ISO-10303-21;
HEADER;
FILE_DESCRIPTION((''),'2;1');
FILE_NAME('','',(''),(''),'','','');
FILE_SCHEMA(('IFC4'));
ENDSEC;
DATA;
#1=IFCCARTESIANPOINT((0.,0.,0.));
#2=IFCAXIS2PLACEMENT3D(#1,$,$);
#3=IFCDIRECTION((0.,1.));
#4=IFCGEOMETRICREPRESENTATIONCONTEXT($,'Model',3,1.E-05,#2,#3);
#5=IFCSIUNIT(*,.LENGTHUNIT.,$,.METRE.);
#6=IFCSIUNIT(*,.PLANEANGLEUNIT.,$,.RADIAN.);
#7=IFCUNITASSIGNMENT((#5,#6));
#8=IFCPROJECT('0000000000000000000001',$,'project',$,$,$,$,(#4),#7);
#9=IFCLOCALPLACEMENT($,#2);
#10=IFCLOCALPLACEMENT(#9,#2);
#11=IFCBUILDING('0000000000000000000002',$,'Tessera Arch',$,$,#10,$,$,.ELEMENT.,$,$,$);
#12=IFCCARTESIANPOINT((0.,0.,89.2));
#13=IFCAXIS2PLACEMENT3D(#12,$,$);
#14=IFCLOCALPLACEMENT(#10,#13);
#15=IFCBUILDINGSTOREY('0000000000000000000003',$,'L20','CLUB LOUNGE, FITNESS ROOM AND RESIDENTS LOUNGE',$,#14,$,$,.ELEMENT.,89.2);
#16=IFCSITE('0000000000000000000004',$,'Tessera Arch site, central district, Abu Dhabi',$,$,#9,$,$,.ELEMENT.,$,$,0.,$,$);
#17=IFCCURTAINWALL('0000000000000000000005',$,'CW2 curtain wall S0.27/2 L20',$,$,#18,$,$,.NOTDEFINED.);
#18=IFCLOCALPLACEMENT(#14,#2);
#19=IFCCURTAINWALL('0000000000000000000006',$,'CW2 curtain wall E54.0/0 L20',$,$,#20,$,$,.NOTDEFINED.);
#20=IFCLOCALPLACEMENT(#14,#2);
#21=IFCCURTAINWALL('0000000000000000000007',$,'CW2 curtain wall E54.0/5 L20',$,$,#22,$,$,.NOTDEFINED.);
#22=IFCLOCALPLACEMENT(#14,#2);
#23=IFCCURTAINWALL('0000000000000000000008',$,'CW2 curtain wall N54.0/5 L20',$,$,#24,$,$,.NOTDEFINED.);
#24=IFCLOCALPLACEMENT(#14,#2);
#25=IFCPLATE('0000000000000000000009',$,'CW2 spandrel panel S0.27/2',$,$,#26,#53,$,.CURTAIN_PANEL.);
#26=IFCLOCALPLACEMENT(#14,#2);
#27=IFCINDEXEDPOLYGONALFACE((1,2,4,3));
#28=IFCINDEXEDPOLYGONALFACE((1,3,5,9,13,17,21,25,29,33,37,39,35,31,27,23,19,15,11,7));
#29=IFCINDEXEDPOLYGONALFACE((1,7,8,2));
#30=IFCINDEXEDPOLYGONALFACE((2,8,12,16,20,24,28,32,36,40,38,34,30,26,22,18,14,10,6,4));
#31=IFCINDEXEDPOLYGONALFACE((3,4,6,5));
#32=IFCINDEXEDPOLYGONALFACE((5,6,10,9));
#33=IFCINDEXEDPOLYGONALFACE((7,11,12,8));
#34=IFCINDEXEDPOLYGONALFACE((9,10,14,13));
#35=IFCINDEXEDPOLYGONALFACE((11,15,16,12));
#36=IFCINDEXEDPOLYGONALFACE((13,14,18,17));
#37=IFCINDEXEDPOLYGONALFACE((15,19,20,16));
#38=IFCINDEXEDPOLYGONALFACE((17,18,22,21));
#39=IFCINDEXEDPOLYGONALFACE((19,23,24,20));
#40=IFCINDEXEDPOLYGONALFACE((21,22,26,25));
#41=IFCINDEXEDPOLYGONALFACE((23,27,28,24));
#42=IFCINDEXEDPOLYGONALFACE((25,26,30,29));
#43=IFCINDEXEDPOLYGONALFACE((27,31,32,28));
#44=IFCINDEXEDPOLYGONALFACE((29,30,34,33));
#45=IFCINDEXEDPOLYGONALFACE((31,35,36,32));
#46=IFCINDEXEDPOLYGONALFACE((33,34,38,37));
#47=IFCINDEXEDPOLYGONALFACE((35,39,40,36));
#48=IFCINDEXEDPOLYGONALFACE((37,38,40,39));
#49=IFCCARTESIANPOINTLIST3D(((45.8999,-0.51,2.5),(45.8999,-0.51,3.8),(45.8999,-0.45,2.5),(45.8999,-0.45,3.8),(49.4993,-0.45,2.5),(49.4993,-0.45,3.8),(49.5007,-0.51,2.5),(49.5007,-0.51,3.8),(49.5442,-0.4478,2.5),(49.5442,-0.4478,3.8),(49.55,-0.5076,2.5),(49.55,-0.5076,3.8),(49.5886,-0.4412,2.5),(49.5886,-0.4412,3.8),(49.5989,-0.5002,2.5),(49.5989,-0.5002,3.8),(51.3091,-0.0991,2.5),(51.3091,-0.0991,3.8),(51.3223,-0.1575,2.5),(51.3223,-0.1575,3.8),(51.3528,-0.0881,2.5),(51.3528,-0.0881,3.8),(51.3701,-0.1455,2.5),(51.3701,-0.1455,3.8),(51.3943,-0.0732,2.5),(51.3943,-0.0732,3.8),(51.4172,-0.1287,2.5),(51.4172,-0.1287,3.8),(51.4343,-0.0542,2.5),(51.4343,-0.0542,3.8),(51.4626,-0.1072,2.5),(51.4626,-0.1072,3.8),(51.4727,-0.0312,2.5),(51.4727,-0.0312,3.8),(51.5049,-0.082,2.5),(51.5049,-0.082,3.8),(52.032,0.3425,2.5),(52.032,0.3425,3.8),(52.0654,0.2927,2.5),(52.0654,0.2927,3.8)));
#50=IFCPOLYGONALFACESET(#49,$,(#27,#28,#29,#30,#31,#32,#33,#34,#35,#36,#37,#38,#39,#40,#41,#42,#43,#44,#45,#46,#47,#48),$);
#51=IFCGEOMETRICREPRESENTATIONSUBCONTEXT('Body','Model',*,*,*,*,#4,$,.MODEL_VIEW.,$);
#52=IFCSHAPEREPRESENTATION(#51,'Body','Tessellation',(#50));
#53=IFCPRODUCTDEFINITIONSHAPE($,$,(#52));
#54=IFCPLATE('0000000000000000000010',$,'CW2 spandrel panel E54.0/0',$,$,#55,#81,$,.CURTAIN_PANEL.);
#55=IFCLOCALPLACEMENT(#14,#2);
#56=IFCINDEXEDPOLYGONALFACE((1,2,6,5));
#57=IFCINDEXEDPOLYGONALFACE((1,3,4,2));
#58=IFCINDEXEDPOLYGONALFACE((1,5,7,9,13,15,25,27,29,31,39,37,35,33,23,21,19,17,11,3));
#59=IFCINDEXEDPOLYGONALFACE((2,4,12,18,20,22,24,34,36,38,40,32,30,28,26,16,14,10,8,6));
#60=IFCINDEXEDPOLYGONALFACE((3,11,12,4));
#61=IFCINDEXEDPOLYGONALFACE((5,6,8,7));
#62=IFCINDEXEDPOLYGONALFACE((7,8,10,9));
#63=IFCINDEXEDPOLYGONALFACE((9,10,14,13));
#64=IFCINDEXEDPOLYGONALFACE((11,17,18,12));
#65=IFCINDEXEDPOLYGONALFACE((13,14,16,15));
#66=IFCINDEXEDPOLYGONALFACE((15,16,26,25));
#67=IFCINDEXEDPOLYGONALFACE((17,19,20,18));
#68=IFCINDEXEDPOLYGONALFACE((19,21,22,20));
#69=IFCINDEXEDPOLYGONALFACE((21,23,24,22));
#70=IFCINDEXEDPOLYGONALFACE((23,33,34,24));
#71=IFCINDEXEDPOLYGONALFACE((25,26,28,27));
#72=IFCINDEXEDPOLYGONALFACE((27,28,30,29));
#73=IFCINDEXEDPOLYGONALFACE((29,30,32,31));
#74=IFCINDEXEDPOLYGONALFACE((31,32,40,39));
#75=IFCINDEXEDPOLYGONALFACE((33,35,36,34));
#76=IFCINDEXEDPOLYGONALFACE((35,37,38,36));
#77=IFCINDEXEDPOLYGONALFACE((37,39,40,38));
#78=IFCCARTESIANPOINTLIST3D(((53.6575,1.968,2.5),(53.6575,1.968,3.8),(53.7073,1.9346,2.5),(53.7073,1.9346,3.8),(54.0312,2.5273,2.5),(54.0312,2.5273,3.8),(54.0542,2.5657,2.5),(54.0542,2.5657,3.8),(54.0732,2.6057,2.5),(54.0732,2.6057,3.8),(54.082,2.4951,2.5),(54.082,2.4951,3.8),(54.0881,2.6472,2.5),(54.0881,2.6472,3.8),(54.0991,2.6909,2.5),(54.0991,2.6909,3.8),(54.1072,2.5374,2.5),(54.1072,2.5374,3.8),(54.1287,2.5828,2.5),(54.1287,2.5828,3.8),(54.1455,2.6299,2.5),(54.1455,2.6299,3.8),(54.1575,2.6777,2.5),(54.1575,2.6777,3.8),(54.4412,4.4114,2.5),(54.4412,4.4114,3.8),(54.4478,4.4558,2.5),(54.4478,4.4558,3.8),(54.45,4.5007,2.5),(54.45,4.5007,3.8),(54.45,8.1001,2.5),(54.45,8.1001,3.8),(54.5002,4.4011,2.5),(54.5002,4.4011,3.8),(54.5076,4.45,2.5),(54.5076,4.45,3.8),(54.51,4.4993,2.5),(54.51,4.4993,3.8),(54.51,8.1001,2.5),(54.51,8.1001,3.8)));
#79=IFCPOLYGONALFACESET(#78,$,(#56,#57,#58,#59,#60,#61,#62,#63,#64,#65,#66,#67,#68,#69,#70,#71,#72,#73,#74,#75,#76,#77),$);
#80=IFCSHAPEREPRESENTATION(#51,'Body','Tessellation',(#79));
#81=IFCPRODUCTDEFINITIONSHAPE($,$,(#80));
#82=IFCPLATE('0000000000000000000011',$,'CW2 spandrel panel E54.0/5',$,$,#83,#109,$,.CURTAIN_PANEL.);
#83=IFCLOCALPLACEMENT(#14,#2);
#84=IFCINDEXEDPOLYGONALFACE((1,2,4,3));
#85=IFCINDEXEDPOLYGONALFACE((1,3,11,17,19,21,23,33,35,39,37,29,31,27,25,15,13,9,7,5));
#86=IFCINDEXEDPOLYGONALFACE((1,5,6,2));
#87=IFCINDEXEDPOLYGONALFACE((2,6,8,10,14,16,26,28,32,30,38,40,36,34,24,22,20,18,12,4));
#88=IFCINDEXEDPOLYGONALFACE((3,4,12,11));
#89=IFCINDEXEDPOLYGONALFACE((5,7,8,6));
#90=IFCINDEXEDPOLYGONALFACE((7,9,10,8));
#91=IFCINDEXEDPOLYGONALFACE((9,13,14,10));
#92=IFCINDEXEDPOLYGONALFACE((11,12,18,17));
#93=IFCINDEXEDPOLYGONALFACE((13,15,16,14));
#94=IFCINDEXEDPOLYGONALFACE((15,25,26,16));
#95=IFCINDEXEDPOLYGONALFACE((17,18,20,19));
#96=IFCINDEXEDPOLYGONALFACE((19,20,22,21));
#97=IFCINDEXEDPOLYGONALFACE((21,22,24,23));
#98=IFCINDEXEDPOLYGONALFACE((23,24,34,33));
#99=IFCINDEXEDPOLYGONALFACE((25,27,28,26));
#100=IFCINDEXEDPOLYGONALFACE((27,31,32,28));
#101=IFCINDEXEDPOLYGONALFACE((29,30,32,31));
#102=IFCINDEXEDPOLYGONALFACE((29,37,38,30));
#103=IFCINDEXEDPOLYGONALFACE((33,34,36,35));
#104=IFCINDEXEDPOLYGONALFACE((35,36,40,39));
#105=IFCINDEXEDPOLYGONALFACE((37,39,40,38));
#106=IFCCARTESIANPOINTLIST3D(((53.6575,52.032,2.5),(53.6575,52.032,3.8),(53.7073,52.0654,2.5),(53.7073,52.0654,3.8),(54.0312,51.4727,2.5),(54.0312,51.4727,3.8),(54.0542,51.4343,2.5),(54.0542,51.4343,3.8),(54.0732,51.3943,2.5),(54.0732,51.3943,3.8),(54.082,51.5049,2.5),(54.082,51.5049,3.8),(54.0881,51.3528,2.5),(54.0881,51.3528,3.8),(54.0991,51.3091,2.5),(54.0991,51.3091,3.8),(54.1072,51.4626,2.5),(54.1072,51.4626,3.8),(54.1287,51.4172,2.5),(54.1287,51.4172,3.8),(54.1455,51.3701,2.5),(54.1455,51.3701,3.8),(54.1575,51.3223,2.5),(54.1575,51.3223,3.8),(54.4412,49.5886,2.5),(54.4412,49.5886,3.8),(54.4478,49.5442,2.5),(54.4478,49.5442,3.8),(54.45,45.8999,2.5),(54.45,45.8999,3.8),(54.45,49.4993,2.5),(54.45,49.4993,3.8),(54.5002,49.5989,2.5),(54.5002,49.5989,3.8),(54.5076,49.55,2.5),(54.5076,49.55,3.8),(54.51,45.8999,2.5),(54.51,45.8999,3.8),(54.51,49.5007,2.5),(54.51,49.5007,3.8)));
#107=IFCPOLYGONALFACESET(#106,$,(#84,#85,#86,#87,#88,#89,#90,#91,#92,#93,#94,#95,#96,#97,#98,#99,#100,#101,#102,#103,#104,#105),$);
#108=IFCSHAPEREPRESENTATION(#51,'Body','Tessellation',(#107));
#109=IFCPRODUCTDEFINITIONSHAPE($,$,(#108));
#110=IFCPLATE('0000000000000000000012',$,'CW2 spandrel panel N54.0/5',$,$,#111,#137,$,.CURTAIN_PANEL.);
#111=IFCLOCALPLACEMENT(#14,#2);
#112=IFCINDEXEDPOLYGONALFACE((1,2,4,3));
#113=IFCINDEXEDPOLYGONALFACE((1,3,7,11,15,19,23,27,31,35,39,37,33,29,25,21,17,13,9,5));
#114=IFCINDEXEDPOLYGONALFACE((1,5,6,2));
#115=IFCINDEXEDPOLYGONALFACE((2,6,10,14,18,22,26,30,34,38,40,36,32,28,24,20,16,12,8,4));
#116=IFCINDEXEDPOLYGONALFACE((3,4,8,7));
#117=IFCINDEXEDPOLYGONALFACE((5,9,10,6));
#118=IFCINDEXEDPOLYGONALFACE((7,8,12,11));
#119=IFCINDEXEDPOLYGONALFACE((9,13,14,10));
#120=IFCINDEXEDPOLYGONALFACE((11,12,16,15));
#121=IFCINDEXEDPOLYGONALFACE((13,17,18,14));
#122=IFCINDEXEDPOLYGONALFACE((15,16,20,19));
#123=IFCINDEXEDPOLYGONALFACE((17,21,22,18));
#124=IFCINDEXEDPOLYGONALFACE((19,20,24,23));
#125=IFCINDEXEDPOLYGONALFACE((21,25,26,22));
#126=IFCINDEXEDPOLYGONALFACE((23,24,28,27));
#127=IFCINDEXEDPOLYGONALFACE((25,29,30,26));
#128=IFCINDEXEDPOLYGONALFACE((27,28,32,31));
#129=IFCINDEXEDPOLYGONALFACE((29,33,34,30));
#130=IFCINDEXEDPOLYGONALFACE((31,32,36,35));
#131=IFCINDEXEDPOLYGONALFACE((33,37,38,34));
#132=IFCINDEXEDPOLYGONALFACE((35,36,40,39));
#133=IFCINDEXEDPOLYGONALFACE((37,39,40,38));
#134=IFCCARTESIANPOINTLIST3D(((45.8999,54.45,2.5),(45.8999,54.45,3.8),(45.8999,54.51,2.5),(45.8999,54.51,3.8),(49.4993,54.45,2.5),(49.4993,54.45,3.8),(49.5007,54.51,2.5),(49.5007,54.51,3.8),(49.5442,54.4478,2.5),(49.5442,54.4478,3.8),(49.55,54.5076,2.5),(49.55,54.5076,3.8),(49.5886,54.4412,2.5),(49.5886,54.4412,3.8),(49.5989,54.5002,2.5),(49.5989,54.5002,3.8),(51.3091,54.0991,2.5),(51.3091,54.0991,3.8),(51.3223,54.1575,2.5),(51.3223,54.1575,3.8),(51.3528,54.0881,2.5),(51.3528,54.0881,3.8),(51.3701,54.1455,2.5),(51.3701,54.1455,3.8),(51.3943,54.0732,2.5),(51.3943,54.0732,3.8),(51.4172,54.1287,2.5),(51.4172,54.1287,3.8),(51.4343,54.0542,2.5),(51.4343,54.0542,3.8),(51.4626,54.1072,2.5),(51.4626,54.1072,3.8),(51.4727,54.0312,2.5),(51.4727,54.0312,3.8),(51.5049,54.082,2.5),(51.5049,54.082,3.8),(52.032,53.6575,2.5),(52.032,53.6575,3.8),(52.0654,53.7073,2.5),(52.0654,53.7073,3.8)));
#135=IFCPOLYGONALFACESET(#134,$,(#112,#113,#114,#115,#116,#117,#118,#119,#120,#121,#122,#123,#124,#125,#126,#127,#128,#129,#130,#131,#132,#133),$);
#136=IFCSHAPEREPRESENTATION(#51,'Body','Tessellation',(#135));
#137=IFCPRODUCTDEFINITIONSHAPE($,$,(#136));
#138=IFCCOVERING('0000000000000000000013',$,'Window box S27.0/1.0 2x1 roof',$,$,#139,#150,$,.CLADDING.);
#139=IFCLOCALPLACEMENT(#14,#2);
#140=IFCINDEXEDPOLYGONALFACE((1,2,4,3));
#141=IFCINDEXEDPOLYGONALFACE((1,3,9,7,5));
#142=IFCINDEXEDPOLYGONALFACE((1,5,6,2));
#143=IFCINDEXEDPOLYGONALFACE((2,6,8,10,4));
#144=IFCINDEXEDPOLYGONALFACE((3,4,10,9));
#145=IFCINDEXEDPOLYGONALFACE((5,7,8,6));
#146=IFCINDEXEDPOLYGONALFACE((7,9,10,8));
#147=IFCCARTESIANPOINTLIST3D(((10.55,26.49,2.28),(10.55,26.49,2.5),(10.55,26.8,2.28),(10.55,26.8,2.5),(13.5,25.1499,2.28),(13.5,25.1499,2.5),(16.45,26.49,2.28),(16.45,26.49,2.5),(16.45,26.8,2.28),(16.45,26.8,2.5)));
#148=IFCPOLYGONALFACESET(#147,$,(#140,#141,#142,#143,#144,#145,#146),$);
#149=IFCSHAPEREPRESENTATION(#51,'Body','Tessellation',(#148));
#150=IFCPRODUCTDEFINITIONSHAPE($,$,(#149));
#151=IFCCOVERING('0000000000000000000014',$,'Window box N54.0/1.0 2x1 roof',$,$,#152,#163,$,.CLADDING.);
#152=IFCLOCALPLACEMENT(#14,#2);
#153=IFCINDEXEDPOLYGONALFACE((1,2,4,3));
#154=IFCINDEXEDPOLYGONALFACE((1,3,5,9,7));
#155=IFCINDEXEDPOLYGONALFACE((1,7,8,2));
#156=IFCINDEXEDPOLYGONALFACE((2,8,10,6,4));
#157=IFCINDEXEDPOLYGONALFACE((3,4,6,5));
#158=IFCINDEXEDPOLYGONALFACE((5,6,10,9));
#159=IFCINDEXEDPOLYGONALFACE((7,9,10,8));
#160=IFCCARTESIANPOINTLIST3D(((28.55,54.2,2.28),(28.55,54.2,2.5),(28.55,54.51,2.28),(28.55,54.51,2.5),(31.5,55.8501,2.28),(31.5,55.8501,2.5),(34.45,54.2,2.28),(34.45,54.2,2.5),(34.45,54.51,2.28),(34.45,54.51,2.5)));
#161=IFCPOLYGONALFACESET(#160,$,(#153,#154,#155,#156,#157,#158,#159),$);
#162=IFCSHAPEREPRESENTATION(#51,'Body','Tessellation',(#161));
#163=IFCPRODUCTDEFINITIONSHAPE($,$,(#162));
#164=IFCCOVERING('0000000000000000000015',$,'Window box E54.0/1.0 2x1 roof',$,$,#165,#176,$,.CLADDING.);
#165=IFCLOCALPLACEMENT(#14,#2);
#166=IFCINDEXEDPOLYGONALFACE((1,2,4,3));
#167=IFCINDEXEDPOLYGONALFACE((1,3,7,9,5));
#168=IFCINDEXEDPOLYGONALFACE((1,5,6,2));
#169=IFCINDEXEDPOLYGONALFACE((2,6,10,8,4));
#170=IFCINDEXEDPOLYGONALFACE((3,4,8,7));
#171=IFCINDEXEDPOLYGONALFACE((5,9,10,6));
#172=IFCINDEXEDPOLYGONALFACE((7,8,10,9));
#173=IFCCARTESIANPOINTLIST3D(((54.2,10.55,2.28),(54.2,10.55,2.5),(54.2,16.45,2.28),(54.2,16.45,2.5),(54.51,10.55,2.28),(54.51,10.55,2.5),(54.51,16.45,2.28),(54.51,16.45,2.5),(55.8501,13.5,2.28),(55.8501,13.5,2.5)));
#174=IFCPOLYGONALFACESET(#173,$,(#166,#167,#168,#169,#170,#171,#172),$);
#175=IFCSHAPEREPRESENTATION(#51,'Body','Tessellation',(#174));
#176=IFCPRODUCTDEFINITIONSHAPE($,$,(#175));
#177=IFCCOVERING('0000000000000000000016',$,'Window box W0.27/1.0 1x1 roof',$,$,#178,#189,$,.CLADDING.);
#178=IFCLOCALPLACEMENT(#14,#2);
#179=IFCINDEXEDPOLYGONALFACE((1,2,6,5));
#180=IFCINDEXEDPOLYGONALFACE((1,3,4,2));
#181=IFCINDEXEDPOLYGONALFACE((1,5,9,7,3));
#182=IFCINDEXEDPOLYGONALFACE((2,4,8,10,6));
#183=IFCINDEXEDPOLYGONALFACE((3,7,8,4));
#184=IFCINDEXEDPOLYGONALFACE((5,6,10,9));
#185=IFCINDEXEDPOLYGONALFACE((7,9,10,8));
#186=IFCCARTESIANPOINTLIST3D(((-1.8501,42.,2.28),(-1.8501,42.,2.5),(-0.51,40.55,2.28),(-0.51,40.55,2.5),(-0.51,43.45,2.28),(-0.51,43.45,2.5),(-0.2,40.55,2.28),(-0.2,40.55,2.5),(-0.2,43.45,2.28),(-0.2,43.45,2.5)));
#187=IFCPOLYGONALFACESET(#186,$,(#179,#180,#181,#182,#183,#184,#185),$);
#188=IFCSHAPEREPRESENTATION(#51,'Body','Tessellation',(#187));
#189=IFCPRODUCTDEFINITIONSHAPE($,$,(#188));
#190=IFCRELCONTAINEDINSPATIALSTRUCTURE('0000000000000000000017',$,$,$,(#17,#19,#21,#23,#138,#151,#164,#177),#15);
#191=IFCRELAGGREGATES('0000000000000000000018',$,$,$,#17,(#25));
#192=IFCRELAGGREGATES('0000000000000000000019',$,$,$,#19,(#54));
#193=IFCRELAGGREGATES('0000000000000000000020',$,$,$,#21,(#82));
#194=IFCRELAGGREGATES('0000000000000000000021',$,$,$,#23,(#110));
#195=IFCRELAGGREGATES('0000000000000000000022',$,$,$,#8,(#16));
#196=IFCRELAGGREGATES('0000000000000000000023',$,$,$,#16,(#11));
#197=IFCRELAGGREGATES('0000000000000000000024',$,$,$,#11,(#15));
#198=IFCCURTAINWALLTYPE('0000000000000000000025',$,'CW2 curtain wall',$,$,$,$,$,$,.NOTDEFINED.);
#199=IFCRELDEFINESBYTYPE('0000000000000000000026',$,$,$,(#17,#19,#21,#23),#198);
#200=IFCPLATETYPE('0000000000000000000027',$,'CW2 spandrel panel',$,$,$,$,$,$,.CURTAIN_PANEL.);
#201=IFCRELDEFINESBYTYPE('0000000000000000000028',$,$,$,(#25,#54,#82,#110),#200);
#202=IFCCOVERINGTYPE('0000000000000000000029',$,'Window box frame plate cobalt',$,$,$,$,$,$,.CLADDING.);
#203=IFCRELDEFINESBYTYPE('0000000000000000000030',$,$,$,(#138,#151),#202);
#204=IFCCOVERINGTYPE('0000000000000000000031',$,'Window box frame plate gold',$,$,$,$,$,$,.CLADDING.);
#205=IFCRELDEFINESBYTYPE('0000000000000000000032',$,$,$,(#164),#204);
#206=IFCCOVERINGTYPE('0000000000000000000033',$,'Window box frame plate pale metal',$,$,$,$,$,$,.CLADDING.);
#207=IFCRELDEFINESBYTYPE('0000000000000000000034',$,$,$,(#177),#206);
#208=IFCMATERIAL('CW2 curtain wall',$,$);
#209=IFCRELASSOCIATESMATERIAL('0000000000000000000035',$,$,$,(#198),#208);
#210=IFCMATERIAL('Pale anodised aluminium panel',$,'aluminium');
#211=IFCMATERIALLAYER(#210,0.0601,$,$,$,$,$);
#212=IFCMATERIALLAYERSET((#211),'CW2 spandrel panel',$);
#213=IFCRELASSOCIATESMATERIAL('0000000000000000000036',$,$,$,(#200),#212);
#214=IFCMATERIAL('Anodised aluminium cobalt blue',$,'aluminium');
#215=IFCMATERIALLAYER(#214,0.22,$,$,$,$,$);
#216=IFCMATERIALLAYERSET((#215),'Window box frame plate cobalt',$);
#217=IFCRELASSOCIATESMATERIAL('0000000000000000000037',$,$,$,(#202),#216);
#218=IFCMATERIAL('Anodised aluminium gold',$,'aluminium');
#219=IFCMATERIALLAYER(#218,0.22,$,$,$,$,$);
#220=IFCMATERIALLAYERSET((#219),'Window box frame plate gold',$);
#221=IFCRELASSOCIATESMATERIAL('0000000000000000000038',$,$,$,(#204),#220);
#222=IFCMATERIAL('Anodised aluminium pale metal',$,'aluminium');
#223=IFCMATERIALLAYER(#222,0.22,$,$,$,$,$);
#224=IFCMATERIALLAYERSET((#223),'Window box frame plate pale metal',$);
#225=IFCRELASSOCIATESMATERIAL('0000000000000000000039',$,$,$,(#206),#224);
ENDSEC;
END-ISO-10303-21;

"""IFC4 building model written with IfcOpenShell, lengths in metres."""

from ifc_helpers import new_model, si_unit, direction, frame, origin, place, context, subcontext, project, spatial, polyline, outline, extrude, material, layer, layer_set, type_object, element, aggregate, save


model = new_model("IFC4")

# Units and contexts
model_context = context("Model", 3, precision=1e-05, world=origin(), true_north=direction((0.0, 1.0)))
body_context = subcontext(model_context, "Body", "Model", "MODEL_VIEW")
ifc_project = project(units=[si_unit("LENGTHUNIT", "METRE"), si_unit("PLANEANGLEUNIT", "RADIAN")], contexts=[model_context])

# Site, building, storey
site_placement = place(None, origin())
site = spatial("IfcSite", under=ifc_project, at=site_placement, Name="Tessera Arch site, central district, Abu Dhabi", CompositionType="ELEMENT", RefElevation=0.0)
building_placement = place(site_placement, origin())
building = spatial("IfcBuilding", under=site, at=building_placement, Name="Tessera Arch", CompositionType="ELEMENT")
storey_placement = place(building_placement, frame((0.0, 0.0, 89.2)))
storey = spatial("IfcBuildingStorey", under=building, at=storey_placement, Name="L20", Description="CLUB LOUNGE, FITNESS ROOM AND RESIDENTS LOUNGE", CompositionType="ELEMENT", Elevation=89.2)

# Curtain walls
ifc_material_1 = material(Name="CW2 curtain wall")
curtain_wall_type = type_object("IfcCurtainWallType", Name="CW2 curtain wall", PredefinedType="NOTDEFINED", material=ifc_material_1)
curtain_wall_1_placement = place(storey_placement, origin())
curtain_wall_1 = element("IfcCurtainWall", 1, at=curtain_wall_1_placement, inside=storey, type_object=curtain_wall_type, Name="CW2 curtain wall S0.27/2 L20", PredefinedType="NOTDEFINED")
curtain_wall_2_placement = place(storey_placement, origin())
curtain_wall_2 = element("IfcCurtainWall", 2, at=curtain_wall_2_placement, inside=storey, type_object=curtain_wall_type, Name="CW2 curtain wall E54.0/0 L20", PredefinedType="NOTDEFINED")
curtain_wall_3_placement = place(storey_placement, origin())
curtain_wall_3 = element("IfcCurtainWall", 3, at=curtain_wall_3_placement, inside=storey, type_object=curtain_wall_type, Name="CW2 curtain wall E54.0/5 L20", PredefinedType="NOTDEFINED")
curtain_wall_4_placement = place(storey_placement, origin())
curtain_wall_4 = element("IfcCurtainWall", 4, at=curtain_wall_4_placement, inside=storey, type_object=curtain_wall_type, Name="CW2 curtain wall N54.0/5 L20", PredefinedType="NOTDEFINED")

# Plates
ifc_material_2 = material(Name="Pale anodised aluminium panel", Category="aluminium")
ifc_layer_1 = layer(ifc_material_2, 0.0601)
ifc_layer_set_1 = layer_set([ifc_layer_1], Name="CW2 spandrel panel")
plate_type = type_object("IfcPlateType", Name="CW2 spandrel panel", PredefinedType="CURTAIN_PANEL", material=ifc_layer_set_1)
plate_1_placement = place(storey_placement, frame((0.0, 0.0, 2.5)))
plate_1 = element("IfcPlate", 5, at=plate_1_placement, type_object=plate_type, Name="CW2 spandrel panel S0.27/2", PredefinedType="CURTAIN_PANEL", context=body_context, shape_type="SweptSolid", body=[
    extrude(outline(polyline([(49.4993, -0.45), (45.8999, -0.45), (45.8999, -0.51), (49.5007, -0.51), (49.55, -0.5076), (49.5989, -0.5002), (51.3223, -0.1575), (51.3701, -0.1455), (51.4172, -0.1287), (51.4626, -0.1072), (51.5049, -0.082), (52.0654, 0.2927), (52.032, 0.3425), (51.4727, -0.0312), (51.4343, -0.0542), (51.3943, -0.0732), (51.3528, -0.0881), (51.3091, -0.0991), (49.5886, -0.4412), (49.5442, -0.4478), (49.4993, -0.45)])), origin(), (0.0, 0.0, 1.0), 1.3),
])
aggregate(curtain_wall_1, [plate_1])
plate_2_placement = place(storey_placement, frame((0.0, 0.0, 2.5)))
plate_2 = element("IfcPlate", 6, at=plate_2_placement, type_object=plate_type, Name="CW2 spandrel panel E54.0/0", PredefinedType="CURTAIN_PANEL", context=body_context, shape_type="SweptSolid", body=[
    extrude(outline(polyline([(54.0312, 2.5273), (53.6575, 1.968), (53.7073, 1.9346), (54.082, 2.4951), (54.1072, 2.5374), (54.1287, 2.5828), (54.1455, 2.6299), (54.1575, 2.6777), (54.5002, 4.4011), (54.5076, 4.45), (54.51, 4.4993), (54.51, 8.1001), (54.45, 8.1001), (54.45, 4.5007), (54.4478, 4.4558), (54.4412, 4.4114), (54.0991, 2.6909), (54.0881, 2.6472), (54.0732, 2.6057), (54.0542, 2.5657), (54.0312, 2.5273)])), origin(), (0.0, 0.0, 1.0), 1.3),
])
aggregate(curtain_wall_2, [plate_2])
plate_3_placement = place(storey_placement, frame((0.0, 0.0, 2.5)))
plate_3 = element("IfcPlate", 7, at=plate_3_placement, type_object=plate_type, Name="CW2 spandrel panel E54.0/5", PredefinedType="CURTAIN_PANEL", context=body_context, shape_type="SweptSolid", body=[
    extrude(outline(polyline([(54.45, 49.4993), (54.45, 45.8999), (54.51, 45.8999), (54.51, 49.5007), (54.5076, 49.55), (54.5002, 49.5989), (54.1575, 51.3223), (54.1455, 51.3701), (54.1287, 51.4172), (54.1072, 51.4626), (54.082, 51.5049), (53.7073, 52.0654), (53.6575, 52.032), (54.0312, 51.4727), (54.0542, 51.4343), (54.0732, 51.3943), (54.0881, 51.3528), (54.0991, 51.3091), (54.4412, 49.5886), (54.4478, 49.5442), (54.45, 49.4993)])), origin(), (0.0, 0.0, 1.0), 1.3),
])
aggregate(curtain_wall_3, [plate_3])
plate_4_placement = place(storey_placement, frame((0.0, 0.0, 2.5)))
plate_4 = element("IfcPlate", 8, at=plate_4_placement, type_object=plate_type, Name="CW2 spandrel panel N54.0/5", PredefinedType="CURTAIN_PANEL", context=body_context, shape_type="SweptSolid", body=[
    extrude(outline(polyline([(51.4727, 54.0312), (52.032, 53.6575), (52.0654, 53.7073), (51.5049, 54.082), (51.4626, 54.1072), (51.4172, 54.1287), (51.3701, 54.1455), (51.3223, 54.1575), (49.5989, 54.5002), (49.55, 54.5076), (49.5007, 54.51), (45.8999, 54.51), (45.8999, 54.45), (49.4993, 54.45), (49.5442, 54.4478), (49.5886, 54.4412), (51.3091, 54.0991), (51.3528, 54.0881), (51.3943, 54.0732), (51.4343, 54.0542), (51.4727, 54.0312)])), origin(), (0.0, 0.0, 1.0), 1.3),
])
aggregate(curtain_wall_4, [plate_4])

# Coverings
ifc_material_3 = material(Name="Anodised aluminium cobalt blue", Category="aluminium")
ifc_layer_2 = layer(ifc_material_3, 0.22)
ifc_layer_set_2 = layer_set([ifc_layer_2], Name="Window box frame plate cobalt")
covering_type_1 = type_object("IfcCoveringType", Name="Window box frame plate cobalt", PredefinedType="CLADDING", material=ifc_layer_set_2)
covering_1_placement = place(storey_placement, frame((0.0, 0.0, 2.28)))
element("IfcCovering", 9, at=covering_1_placement, inside=storey, type_object=covering_type_1, Name="Window box S27.0/1.0 2x1 roof", PredefinedType="CLADDING", context=body_context, shape_type="SweptSolid", body=[
    extrude(outline(polyline([(10.55, 26.49), (13.5, 25.1499), (16.45, 26.49), (16.45, 26.8), (10.55, 26.8), (10.55, 26.49)])), origin(), (0.0, 0.0, 1.0), 0.22),
])
covering_2_placement = place(storey_placement, frame((0.0, 0.0, 2.28)))
element("IfcCovering", 10, at=covering_2_placement, inside=storey, type_object=covering_type_1, Name="Window box N54.0/1.0 2x1 roof", PredefinedType="CLADDING", context=body_context, shape_type="SweptSolid", body=[
    extrude(outline(polyline([(34.45, 54.51), (31.5, 55.8501), (28.55, 54.51), (28.55, 54.2), (34.45, 54.2), (34.45, 54.51)])), origin(), (0.0, 0.0, 1.0), 0.22),
])
ifc_material_4 = material(Name="Anodised aluminium gold", Category="aluminium")
ifc_layer_3 = layer(ifc_material_4, 0.22)
ifc_layer_set_3 = layer_set([ifc_layer_3], Name="Window box frame plate gold")
covering_type_2 = type_object("IfcCoveringType", Name="Window box frame plate gold", PredefinedType="CLADDING", material=ifc_layer_set_3)
covering_3_placement = place(storey_placement, frame((0.0, 0.0, 2.28)))
element("IfcCovering", 11, at=covering_3_placement, inside=storey, type_object=covering_type_2, Name="Window box E54.0/1.0 2x1 roof", PredefinedType="CLADDING", context=body_context, shape_type="SweptSolid", body=[
    extrude(outline(polyline([(54.51, 10.55), (55.8501, 13.5), (54.51, 16.45), (54.2, 16.45), (54.2, 10.55), (54.51, 10.55)])), origin(), (0.0, 0.0, 1.0), 0.22),
])
ifc_material_5 = material(Name="Anodised aluminium pale metal", Category="aluminium")
ifc_layer_4 = layer(ifc_material_5, 0.22)
ifc_layer_set_4 = layer_set([ifc_layer_4], Name="Window box frame plate pale metal")
covering_type_3 = type_object("IfcCoveringType", Name="Window box frame plate pale metal", PredefinedType="CLADDING", material=ifc_layer_set_4)
covering_4_placement = place(storey_placement, frame((0.0, 0.0, 2.28)))
element("IfcCovering", 12, at=covering_4_placement, inside=storey, type_object=covering_type_3, Name="Window box W0.27/1.0 1x1 roof", PredefinedType="CLADDING", context=body_context, shape_type="SweptSolid", body=[
    extrude(outline(polyline([(-0.51, 43.45), (-1.8501, 42.0), (-0.51, 40.55), (-0.2, 40.55), (-0.2, 43.45), (-0.51, 43.45)])), origin(), (0.0, 0.0, 1.0), 0.22),
])

save(model, "model.ifc")
